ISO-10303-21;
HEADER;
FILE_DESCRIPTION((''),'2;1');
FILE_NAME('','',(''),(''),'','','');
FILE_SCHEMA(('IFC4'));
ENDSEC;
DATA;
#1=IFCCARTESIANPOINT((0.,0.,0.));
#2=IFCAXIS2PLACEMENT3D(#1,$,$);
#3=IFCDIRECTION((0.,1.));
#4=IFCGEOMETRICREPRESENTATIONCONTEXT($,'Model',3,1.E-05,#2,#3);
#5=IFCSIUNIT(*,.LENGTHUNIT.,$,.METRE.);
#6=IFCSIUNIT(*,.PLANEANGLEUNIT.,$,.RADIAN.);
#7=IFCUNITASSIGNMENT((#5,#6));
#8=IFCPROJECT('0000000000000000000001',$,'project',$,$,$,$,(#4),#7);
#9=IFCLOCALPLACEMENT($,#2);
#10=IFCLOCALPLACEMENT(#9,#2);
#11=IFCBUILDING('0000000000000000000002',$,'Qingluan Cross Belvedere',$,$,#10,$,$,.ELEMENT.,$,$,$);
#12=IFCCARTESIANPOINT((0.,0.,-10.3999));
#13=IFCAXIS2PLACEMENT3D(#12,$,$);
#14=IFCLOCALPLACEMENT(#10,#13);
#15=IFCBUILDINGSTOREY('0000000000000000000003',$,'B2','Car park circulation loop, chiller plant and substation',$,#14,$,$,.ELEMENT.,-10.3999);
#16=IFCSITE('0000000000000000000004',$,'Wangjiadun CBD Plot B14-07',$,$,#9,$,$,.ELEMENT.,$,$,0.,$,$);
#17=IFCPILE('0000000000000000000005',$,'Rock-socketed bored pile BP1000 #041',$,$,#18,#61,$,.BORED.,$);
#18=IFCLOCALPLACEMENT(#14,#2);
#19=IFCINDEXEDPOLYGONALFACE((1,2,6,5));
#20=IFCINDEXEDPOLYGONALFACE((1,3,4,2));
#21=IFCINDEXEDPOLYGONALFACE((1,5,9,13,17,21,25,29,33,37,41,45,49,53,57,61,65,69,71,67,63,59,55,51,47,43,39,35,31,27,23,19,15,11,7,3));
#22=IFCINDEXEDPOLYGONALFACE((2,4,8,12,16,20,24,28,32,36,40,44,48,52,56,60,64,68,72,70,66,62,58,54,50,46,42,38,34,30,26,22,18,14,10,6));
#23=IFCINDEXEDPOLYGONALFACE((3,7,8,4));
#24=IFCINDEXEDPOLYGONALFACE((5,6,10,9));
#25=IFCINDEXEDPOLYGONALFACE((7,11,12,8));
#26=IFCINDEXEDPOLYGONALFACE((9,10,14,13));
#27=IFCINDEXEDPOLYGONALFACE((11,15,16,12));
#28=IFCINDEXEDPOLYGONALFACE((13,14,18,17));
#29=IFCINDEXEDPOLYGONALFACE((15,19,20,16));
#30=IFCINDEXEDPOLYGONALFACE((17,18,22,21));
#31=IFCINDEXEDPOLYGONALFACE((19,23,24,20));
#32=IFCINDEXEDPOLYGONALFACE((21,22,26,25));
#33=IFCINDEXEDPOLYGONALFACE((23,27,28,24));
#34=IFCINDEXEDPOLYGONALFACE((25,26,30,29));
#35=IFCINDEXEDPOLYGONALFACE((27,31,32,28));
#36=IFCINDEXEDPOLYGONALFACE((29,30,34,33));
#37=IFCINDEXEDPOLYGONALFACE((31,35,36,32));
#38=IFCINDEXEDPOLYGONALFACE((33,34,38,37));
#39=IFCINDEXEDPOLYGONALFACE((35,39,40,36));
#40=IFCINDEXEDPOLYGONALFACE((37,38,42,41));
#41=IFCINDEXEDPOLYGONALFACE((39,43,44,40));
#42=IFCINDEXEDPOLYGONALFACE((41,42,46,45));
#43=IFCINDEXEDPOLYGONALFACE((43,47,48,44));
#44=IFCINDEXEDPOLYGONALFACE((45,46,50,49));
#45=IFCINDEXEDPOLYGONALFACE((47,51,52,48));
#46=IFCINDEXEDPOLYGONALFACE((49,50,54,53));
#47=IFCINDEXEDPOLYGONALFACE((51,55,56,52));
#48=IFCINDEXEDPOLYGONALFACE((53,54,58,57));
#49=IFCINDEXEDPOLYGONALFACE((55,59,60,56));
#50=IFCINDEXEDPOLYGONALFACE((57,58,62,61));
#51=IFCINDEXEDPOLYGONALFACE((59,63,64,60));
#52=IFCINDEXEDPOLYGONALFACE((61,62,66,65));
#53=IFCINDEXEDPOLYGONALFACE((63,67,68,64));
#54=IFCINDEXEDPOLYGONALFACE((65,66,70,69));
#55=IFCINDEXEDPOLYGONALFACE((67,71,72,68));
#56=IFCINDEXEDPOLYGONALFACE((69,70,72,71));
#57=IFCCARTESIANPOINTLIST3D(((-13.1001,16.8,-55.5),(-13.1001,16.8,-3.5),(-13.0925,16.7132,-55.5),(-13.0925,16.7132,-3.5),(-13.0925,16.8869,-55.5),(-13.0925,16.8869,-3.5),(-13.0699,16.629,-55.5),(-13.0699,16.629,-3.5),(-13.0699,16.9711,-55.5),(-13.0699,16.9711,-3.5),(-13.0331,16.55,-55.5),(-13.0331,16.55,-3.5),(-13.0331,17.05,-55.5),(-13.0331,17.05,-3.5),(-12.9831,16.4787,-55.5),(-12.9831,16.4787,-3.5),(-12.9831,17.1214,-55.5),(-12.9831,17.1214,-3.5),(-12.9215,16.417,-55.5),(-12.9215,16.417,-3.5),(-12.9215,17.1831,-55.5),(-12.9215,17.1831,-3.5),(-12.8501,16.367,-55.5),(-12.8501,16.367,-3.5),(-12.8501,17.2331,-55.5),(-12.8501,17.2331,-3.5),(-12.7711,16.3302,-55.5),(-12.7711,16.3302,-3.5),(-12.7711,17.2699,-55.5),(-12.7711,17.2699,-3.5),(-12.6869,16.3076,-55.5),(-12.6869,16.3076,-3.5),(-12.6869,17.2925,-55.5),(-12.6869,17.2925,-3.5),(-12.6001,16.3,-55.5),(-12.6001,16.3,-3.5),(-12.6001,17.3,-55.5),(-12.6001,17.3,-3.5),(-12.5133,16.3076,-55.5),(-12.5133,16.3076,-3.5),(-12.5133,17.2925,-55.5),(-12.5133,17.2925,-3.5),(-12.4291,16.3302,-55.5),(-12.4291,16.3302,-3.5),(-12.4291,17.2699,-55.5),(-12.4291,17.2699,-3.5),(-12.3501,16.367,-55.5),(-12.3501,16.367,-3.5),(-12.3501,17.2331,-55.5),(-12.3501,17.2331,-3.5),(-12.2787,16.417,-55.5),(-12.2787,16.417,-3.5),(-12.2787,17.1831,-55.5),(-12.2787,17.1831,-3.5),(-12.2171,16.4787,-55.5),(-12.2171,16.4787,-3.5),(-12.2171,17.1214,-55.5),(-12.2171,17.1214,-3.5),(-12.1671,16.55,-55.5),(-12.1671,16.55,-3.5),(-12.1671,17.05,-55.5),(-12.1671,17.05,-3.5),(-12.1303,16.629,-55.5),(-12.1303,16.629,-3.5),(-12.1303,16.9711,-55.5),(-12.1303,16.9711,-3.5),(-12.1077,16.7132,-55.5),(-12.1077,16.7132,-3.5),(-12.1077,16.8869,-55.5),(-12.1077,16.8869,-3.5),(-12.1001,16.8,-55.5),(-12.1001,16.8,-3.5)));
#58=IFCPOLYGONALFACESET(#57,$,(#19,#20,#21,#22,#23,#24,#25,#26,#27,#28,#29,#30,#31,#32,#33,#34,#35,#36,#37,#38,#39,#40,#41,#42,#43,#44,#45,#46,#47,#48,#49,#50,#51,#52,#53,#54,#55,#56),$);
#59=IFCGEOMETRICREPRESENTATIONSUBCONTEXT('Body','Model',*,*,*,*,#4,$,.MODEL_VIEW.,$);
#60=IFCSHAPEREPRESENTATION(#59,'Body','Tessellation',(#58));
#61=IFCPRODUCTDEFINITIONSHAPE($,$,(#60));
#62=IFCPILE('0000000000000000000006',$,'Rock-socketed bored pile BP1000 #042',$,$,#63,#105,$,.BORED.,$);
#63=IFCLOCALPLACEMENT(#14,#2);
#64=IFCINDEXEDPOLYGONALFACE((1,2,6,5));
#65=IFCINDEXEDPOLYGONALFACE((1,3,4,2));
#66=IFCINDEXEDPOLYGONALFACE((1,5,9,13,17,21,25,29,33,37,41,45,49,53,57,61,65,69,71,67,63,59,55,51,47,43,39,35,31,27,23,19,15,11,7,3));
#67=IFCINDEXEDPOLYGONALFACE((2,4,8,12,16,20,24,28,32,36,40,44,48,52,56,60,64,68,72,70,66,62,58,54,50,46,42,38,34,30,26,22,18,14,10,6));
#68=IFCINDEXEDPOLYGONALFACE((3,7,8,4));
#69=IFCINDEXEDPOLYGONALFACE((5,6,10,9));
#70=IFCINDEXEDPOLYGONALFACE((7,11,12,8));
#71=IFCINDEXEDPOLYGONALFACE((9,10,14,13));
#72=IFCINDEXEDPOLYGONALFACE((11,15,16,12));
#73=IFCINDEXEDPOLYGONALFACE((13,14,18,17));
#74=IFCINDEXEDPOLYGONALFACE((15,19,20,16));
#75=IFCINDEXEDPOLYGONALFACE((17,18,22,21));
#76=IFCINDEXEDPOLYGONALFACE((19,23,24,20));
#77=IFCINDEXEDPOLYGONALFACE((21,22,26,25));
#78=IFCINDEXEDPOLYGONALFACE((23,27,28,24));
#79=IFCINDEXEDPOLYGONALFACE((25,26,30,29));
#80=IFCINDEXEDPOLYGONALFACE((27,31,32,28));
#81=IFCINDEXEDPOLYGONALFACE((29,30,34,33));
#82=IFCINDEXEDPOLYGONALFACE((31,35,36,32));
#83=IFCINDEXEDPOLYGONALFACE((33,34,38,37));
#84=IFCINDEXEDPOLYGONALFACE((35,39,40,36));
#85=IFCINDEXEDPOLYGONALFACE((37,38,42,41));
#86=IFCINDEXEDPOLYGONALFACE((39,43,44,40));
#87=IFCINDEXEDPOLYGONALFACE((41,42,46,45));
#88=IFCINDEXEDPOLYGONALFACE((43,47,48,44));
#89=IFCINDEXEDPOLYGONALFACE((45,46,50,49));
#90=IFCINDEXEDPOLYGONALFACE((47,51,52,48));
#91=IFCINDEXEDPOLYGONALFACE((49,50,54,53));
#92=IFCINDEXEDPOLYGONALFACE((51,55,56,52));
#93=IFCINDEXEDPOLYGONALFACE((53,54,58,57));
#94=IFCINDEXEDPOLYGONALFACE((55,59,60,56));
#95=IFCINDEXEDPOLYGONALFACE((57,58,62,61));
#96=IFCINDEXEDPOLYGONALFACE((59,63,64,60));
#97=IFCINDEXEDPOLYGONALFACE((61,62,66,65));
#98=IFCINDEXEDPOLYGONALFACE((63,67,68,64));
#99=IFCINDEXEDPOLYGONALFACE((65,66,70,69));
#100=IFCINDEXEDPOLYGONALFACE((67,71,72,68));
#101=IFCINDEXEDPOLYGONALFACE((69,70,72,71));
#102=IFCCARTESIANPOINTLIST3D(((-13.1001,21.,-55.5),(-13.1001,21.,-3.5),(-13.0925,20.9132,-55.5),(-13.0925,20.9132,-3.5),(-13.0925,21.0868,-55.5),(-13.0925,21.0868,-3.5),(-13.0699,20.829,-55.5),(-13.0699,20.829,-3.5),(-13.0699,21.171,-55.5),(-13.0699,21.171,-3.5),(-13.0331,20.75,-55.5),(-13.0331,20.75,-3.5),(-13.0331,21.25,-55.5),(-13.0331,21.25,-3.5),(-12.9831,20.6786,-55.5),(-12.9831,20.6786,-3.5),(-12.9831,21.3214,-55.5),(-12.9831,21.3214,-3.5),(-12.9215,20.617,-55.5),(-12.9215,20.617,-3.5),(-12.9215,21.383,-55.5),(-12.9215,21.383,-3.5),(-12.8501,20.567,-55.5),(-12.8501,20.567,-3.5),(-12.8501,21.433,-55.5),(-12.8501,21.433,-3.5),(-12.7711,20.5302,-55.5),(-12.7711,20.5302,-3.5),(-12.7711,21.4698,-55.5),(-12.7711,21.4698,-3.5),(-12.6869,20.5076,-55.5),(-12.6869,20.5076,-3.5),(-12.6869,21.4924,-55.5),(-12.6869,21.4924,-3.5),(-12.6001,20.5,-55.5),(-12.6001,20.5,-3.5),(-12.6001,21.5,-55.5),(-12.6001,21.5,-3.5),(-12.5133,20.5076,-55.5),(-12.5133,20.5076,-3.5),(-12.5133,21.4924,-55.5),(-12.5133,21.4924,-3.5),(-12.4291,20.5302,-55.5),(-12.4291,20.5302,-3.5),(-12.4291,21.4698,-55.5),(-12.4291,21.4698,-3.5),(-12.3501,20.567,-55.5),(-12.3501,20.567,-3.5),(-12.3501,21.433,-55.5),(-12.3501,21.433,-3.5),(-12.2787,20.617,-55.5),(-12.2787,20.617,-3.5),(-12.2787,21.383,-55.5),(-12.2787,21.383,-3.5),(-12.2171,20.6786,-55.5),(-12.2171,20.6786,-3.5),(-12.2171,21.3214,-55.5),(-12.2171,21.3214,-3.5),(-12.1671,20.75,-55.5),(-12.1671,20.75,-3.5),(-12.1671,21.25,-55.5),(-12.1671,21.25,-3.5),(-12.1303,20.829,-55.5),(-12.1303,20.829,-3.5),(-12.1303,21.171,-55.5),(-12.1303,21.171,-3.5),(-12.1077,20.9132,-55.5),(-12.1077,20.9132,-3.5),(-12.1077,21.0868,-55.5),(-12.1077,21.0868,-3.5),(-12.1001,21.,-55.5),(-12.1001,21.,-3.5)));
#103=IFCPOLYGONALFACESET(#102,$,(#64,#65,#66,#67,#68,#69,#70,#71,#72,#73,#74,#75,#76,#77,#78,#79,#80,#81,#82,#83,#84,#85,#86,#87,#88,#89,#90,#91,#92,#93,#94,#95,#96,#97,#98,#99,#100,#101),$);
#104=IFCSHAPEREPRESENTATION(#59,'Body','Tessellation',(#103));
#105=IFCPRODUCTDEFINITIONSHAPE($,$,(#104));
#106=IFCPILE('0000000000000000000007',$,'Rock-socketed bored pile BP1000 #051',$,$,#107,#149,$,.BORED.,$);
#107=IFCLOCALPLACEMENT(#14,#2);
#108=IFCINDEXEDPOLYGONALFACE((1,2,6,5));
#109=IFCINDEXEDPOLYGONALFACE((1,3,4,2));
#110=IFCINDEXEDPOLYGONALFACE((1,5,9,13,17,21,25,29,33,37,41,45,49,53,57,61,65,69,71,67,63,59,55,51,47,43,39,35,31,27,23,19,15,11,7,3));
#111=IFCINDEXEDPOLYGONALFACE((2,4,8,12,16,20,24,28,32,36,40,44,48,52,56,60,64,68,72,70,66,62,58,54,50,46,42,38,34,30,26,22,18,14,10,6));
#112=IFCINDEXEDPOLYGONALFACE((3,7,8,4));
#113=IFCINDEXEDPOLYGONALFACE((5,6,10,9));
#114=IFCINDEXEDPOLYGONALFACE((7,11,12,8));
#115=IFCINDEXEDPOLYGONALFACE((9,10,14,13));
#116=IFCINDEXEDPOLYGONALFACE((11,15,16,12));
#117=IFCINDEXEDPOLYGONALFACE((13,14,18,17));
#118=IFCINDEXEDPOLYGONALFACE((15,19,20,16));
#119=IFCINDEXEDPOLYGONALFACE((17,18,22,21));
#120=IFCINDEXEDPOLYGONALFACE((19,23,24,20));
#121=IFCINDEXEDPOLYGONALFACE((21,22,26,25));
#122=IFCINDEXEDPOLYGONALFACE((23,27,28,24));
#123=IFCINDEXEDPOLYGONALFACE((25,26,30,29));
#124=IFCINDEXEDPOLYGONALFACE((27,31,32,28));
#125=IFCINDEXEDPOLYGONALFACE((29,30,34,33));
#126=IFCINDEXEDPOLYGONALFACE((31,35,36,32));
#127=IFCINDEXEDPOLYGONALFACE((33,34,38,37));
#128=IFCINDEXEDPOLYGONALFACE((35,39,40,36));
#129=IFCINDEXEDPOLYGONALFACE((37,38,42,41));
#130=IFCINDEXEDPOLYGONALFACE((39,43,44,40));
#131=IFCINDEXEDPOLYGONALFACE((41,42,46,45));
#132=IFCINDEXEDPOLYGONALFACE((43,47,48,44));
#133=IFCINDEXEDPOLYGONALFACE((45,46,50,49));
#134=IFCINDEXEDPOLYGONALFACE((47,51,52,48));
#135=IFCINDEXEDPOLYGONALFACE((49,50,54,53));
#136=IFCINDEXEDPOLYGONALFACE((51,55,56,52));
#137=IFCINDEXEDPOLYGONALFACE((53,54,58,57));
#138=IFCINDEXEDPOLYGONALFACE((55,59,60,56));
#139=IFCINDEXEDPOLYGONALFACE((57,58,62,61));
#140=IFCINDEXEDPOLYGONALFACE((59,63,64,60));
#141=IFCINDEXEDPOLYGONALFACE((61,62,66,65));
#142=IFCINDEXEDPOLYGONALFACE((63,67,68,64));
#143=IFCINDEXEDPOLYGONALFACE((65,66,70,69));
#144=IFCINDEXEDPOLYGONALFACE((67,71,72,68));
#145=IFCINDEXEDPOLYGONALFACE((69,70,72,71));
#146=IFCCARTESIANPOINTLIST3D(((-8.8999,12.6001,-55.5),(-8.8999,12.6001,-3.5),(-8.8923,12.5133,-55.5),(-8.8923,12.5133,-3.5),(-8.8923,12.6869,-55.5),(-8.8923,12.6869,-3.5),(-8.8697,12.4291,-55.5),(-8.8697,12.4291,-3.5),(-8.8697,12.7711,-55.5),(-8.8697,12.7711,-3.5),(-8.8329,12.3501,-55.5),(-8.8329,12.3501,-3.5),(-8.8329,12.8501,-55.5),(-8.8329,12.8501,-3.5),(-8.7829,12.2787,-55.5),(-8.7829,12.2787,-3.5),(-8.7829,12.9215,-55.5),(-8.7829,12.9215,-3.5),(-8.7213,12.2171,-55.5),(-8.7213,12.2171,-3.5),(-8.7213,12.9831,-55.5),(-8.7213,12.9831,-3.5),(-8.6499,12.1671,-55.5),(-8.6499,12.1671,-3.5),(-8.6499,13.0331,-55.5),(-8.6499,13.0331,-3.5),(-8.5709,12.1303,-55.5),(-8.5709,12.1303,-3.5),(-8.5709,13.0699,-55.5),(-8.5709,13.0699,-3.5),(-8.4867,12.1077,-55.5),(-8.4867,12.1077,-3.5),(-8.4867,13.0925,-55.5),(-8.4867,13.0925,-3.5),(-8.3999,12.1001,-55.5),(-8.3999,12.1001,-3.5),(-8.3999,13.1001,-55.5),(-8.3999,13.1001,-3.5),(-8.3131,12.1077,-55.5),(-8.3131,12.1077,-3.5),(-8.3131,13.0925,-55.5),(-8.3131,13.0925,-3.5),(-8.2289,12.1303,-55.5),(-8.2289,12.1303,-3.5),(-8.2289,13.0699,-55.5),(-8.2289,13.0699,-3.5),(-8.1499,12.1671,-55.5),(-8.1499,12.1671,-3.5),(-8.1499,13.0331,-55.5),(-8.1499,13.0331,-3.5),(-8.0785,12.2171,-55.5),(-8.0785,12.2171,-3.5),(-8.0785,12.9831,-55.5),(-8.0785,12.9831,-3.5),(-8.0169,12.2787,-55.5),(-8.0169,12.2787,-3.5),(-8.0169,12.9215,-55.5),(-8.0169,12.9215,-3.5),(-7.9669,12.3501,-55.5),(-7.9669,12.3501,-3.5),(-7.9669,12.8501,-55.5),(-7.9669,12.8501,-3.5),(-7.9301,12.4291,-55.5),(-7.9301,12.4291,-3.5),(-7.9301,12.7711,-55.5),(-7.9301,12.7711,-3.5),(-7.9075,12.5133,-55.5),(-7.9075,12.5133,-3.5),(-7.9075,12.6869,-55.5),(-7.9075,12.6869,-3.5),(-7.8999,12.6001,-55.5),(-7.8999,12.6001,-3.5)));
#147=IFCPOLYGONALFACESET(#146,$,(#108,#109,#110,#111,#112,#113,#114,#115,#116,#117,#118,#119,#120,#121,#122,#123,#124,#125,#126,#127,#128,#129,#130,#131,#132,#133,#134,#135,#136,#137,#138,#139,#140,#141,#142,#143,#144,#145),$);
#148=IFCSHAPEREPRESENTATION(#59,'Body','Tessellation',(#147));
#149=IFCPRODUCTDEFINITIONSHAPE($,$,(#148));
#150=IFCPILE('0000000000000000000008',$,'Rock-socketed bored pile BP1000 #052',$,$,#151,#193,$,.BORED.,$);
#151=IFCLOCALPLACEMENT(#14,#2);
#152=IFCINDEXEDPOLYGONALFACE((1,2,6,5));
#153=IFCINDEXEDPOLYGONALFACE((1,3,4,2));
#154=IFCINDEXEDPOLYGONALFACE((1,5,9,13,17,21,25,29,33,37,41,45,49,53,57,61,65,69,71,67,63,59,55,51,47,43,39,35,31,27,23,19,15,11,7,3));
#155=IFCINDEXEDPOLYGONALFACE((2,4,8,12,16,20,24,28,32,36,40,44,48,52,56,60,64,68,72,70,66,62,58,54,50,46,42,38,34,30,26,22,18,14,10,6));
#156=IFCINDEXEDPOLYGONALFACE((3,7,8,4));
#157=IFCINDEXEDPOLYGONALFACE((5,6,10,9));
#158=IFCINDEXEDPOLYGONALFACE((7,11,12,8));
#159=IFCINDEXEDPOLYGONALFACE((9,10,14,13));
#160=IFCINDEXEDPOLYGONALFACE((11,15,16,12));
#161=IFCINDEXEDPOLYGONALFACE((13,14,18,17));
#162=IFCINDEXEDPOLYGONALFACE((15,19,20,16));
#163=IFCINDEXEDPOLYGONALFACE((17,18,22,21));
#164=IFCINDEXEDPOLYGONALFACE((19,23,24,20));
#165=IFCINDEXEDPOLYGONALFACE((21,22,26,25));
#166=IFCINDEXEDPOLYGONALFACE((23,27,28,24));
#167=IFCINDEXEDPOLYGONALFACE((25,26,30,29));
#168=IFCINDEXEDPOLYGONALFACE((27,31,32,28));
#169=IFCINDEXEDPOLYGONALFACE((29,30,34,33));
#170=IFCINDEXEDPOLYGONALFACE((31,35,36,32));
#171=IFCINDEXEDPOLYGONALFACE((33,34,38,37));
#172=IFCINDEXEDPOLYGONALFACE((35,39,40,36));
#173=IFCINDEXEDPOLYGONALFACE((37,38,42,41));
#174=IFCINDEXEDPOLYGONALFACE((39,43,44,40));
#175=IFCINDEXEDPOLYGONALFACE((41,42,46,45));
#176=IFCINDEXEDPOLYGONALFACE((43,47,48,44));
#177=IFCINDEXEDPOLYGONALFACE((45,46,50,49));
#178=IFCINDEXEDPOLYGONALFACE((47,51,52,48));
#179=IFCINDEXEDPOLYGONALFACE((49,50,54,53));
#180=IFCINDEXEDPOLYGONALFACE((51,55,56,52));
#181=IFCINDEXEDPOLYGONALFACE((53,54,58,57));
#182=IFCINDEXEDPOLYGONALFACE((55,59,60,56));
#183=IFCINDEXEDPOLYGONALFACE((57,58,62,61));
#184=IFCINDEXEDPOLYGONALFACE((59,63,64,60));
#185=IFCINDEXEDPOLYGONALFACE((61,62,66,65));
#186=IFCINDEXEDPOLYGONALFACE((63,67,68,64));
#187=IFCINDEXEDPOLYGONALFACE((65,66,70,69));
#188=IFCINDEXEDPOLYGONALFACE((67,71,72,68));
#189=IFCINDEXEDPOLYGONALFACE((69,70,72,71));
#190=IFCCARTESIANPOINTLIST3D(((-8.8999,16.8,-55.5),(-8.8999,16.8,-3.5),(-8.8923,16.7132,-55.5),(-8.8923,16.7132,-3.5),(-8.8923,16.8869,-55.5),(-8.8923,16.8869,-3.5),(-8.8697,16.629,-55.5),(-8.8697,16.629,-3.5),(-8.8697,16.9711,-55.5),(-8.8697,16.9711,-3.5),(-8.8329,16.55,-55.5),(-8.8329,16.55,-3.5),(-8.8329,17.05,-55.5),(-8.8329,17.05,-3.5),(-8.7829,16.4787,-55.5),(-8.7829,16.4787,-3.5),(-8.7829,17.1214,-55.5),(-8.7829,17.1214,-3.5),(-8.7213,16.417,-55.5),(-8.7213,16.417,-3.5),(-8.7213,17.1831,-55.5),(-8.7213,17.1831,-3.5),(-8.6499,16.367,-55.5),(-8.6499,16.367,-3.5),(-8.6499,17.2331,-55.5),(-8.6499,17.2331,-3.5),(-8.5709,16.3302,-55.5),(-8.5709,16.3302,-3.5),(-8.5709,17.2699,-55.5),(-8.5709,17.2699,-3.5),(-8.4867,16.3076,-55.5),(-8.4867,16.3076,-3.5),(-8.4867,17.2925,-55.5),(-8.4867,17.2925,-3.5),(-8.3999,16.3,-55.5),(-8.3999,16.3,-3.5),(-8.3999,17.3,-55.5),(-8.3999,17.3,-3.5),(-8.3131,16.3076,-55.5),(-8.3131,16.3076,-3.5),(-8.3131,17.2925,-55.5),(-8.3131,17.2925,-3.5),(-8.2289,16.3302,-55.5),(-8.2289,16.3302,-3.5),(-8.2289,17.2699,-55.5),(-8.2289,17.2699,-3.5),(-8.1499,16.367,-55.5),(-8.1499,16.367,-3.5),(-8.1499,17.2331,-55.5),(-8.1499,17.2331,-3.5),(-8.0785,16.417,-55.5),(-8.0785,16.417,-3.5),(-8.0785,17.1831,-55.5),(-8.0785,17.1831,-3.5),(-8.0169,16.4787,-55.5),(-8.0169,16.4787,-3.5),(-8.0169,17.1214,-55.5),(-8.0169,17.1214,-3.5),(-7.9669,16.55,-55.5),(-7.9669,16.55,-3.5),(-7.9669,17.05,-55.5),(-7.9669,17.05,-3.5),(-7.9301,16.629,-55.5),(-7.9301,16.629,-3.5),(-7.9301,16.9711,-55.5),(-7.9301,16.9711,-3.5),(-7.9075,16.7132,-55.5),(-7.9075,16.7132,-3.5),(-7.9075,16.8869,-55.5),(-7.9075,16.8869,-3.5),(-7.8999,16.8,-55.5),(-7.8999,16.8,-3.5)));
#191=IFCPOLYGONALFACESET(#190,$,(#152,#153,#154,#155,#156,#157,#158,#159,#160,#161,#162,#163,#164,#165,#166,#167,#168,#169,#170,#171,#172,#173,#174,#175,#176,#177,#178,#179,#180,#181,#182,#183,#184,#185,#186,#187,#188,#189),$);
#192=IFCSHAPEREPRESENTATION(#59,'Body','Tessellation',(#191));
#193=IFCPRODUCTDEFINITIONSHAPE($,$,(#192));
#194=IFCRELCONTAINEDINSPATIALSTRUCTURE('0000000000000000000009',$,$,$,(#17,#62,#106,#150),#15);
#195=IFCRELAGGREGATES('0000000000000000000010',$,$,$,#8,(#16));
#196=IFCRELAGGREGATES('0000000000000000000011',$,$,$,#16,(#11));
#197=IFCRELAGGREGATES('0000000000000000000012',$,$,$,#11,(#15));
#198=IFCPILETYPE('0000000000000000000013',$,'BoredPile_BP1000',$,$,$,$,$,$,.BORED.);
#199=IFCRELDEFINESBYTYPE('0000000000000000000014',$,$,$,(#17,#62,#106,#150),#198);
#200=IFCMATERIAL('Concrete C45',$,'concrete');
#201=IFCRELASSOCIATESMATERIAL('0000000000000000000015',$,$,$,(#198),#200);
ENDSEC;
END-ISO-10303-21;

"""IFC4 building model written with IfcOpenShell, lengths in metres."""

from ifc_helpers import new_model, si_unit, direction, frame, origin, origin_2d, place, context, subcontext, project, spatial, circle, extrude, material, material_profile, profile_set, type_object, element, save


model = new_model("IFC4")

# Units and contexts
model_context = context("Model", 3, precision=1e-05, world=origin(), true_north=direction((0.0, 1.0)))
body_context = subcontext(model_context, "Body", "Model", "MODEL_VIEW")
ifc_project = project(units=[si_unit("LENGTHUNIT", "METRE"), si_unit("PLANEANGLEUNIT", "RADIAN")], contexts=[model_context])

# Site, building, storey
site_placement = place(None, origin())
site = spatial("IfcSite", under=ifc_project, at=site_placement, Name="Wangjiadun CBD Plot B14-07", CompositionType="ELEMENT", RefElevation=0.0)
building_placement = place(site_placement, origin())
building = spatial("IfcBuilding", under=site, at=building_placement, Name="Qingluan Cross Belvedere", CompositionType="ELEMENT")
storey_placement = place(building_placement, frame((0.0, 0.0, -10.3999)))
storey = spatial("IfcBuildingStorey", under=building, at=storey_placement, Name="B2", Description="Car park circulation loop, chiller plant and substation", CompositionType="ELEMENT", Elevation=-10.3999)

# Piles
ifc_material_1 = material(Name="Concrete C45", Category="concrete")
ifc_material_profile_1 = material_profile(ifc_material_1, circle(Radius=0.5, at=origin_2d()), Name="BP1000")
ifc_profile_set_1 = profile_set([ifc_material_profile_1], Name="Concrete C45")
pile_type_1 = type_object("IfcPileType", Name="BoredPile_BP1000", PredefinedType="BORED", material=ifc_profile_set_1)
for number, where, z_axis, x_axis, name in (
    (1, (-12.6001, 16.8, -3.5), (0.0, 0.0, -1.0), (1.0, 0.0, 0.0), "Rock-socketed bored pile BP1000 #041"),
    (2, (-12.6001, 21.0, -3.5), (0.0, 0.0, -1.0), (1.0, 0.0, 0.0), "Rock-socketed bored pile BP1000 #042"),
    (3, (-8.3999, 12.6001, -3.5), (0.0, 0.0, -1.0), (1.0, 0.0, 0.0), "Rock-socketed bored pile BP1000 #051"),
    (4, (-8.3999, 16.8, -3.5), (0.0, 0.0, -1.0), (1.0, 0.0, 0.0), "Rock-socketed bored pile BP1000 #052"),
):
    element("IfcPile", number, at=place(storey_placement, frame(where, z_axis=z_axis, x_axis=x_axis)), inside=storey, type_object=pile_type_1, Name=name, PredefinedType="BORED", context=body_context, shape_type="SweptSolid", body=[
        extrude(circle(Radius=0.5, at=origin_2d()), origin(), (0.0, 0.0, 1.0), 52.0),
    ])

save(model, "model.ifc")
